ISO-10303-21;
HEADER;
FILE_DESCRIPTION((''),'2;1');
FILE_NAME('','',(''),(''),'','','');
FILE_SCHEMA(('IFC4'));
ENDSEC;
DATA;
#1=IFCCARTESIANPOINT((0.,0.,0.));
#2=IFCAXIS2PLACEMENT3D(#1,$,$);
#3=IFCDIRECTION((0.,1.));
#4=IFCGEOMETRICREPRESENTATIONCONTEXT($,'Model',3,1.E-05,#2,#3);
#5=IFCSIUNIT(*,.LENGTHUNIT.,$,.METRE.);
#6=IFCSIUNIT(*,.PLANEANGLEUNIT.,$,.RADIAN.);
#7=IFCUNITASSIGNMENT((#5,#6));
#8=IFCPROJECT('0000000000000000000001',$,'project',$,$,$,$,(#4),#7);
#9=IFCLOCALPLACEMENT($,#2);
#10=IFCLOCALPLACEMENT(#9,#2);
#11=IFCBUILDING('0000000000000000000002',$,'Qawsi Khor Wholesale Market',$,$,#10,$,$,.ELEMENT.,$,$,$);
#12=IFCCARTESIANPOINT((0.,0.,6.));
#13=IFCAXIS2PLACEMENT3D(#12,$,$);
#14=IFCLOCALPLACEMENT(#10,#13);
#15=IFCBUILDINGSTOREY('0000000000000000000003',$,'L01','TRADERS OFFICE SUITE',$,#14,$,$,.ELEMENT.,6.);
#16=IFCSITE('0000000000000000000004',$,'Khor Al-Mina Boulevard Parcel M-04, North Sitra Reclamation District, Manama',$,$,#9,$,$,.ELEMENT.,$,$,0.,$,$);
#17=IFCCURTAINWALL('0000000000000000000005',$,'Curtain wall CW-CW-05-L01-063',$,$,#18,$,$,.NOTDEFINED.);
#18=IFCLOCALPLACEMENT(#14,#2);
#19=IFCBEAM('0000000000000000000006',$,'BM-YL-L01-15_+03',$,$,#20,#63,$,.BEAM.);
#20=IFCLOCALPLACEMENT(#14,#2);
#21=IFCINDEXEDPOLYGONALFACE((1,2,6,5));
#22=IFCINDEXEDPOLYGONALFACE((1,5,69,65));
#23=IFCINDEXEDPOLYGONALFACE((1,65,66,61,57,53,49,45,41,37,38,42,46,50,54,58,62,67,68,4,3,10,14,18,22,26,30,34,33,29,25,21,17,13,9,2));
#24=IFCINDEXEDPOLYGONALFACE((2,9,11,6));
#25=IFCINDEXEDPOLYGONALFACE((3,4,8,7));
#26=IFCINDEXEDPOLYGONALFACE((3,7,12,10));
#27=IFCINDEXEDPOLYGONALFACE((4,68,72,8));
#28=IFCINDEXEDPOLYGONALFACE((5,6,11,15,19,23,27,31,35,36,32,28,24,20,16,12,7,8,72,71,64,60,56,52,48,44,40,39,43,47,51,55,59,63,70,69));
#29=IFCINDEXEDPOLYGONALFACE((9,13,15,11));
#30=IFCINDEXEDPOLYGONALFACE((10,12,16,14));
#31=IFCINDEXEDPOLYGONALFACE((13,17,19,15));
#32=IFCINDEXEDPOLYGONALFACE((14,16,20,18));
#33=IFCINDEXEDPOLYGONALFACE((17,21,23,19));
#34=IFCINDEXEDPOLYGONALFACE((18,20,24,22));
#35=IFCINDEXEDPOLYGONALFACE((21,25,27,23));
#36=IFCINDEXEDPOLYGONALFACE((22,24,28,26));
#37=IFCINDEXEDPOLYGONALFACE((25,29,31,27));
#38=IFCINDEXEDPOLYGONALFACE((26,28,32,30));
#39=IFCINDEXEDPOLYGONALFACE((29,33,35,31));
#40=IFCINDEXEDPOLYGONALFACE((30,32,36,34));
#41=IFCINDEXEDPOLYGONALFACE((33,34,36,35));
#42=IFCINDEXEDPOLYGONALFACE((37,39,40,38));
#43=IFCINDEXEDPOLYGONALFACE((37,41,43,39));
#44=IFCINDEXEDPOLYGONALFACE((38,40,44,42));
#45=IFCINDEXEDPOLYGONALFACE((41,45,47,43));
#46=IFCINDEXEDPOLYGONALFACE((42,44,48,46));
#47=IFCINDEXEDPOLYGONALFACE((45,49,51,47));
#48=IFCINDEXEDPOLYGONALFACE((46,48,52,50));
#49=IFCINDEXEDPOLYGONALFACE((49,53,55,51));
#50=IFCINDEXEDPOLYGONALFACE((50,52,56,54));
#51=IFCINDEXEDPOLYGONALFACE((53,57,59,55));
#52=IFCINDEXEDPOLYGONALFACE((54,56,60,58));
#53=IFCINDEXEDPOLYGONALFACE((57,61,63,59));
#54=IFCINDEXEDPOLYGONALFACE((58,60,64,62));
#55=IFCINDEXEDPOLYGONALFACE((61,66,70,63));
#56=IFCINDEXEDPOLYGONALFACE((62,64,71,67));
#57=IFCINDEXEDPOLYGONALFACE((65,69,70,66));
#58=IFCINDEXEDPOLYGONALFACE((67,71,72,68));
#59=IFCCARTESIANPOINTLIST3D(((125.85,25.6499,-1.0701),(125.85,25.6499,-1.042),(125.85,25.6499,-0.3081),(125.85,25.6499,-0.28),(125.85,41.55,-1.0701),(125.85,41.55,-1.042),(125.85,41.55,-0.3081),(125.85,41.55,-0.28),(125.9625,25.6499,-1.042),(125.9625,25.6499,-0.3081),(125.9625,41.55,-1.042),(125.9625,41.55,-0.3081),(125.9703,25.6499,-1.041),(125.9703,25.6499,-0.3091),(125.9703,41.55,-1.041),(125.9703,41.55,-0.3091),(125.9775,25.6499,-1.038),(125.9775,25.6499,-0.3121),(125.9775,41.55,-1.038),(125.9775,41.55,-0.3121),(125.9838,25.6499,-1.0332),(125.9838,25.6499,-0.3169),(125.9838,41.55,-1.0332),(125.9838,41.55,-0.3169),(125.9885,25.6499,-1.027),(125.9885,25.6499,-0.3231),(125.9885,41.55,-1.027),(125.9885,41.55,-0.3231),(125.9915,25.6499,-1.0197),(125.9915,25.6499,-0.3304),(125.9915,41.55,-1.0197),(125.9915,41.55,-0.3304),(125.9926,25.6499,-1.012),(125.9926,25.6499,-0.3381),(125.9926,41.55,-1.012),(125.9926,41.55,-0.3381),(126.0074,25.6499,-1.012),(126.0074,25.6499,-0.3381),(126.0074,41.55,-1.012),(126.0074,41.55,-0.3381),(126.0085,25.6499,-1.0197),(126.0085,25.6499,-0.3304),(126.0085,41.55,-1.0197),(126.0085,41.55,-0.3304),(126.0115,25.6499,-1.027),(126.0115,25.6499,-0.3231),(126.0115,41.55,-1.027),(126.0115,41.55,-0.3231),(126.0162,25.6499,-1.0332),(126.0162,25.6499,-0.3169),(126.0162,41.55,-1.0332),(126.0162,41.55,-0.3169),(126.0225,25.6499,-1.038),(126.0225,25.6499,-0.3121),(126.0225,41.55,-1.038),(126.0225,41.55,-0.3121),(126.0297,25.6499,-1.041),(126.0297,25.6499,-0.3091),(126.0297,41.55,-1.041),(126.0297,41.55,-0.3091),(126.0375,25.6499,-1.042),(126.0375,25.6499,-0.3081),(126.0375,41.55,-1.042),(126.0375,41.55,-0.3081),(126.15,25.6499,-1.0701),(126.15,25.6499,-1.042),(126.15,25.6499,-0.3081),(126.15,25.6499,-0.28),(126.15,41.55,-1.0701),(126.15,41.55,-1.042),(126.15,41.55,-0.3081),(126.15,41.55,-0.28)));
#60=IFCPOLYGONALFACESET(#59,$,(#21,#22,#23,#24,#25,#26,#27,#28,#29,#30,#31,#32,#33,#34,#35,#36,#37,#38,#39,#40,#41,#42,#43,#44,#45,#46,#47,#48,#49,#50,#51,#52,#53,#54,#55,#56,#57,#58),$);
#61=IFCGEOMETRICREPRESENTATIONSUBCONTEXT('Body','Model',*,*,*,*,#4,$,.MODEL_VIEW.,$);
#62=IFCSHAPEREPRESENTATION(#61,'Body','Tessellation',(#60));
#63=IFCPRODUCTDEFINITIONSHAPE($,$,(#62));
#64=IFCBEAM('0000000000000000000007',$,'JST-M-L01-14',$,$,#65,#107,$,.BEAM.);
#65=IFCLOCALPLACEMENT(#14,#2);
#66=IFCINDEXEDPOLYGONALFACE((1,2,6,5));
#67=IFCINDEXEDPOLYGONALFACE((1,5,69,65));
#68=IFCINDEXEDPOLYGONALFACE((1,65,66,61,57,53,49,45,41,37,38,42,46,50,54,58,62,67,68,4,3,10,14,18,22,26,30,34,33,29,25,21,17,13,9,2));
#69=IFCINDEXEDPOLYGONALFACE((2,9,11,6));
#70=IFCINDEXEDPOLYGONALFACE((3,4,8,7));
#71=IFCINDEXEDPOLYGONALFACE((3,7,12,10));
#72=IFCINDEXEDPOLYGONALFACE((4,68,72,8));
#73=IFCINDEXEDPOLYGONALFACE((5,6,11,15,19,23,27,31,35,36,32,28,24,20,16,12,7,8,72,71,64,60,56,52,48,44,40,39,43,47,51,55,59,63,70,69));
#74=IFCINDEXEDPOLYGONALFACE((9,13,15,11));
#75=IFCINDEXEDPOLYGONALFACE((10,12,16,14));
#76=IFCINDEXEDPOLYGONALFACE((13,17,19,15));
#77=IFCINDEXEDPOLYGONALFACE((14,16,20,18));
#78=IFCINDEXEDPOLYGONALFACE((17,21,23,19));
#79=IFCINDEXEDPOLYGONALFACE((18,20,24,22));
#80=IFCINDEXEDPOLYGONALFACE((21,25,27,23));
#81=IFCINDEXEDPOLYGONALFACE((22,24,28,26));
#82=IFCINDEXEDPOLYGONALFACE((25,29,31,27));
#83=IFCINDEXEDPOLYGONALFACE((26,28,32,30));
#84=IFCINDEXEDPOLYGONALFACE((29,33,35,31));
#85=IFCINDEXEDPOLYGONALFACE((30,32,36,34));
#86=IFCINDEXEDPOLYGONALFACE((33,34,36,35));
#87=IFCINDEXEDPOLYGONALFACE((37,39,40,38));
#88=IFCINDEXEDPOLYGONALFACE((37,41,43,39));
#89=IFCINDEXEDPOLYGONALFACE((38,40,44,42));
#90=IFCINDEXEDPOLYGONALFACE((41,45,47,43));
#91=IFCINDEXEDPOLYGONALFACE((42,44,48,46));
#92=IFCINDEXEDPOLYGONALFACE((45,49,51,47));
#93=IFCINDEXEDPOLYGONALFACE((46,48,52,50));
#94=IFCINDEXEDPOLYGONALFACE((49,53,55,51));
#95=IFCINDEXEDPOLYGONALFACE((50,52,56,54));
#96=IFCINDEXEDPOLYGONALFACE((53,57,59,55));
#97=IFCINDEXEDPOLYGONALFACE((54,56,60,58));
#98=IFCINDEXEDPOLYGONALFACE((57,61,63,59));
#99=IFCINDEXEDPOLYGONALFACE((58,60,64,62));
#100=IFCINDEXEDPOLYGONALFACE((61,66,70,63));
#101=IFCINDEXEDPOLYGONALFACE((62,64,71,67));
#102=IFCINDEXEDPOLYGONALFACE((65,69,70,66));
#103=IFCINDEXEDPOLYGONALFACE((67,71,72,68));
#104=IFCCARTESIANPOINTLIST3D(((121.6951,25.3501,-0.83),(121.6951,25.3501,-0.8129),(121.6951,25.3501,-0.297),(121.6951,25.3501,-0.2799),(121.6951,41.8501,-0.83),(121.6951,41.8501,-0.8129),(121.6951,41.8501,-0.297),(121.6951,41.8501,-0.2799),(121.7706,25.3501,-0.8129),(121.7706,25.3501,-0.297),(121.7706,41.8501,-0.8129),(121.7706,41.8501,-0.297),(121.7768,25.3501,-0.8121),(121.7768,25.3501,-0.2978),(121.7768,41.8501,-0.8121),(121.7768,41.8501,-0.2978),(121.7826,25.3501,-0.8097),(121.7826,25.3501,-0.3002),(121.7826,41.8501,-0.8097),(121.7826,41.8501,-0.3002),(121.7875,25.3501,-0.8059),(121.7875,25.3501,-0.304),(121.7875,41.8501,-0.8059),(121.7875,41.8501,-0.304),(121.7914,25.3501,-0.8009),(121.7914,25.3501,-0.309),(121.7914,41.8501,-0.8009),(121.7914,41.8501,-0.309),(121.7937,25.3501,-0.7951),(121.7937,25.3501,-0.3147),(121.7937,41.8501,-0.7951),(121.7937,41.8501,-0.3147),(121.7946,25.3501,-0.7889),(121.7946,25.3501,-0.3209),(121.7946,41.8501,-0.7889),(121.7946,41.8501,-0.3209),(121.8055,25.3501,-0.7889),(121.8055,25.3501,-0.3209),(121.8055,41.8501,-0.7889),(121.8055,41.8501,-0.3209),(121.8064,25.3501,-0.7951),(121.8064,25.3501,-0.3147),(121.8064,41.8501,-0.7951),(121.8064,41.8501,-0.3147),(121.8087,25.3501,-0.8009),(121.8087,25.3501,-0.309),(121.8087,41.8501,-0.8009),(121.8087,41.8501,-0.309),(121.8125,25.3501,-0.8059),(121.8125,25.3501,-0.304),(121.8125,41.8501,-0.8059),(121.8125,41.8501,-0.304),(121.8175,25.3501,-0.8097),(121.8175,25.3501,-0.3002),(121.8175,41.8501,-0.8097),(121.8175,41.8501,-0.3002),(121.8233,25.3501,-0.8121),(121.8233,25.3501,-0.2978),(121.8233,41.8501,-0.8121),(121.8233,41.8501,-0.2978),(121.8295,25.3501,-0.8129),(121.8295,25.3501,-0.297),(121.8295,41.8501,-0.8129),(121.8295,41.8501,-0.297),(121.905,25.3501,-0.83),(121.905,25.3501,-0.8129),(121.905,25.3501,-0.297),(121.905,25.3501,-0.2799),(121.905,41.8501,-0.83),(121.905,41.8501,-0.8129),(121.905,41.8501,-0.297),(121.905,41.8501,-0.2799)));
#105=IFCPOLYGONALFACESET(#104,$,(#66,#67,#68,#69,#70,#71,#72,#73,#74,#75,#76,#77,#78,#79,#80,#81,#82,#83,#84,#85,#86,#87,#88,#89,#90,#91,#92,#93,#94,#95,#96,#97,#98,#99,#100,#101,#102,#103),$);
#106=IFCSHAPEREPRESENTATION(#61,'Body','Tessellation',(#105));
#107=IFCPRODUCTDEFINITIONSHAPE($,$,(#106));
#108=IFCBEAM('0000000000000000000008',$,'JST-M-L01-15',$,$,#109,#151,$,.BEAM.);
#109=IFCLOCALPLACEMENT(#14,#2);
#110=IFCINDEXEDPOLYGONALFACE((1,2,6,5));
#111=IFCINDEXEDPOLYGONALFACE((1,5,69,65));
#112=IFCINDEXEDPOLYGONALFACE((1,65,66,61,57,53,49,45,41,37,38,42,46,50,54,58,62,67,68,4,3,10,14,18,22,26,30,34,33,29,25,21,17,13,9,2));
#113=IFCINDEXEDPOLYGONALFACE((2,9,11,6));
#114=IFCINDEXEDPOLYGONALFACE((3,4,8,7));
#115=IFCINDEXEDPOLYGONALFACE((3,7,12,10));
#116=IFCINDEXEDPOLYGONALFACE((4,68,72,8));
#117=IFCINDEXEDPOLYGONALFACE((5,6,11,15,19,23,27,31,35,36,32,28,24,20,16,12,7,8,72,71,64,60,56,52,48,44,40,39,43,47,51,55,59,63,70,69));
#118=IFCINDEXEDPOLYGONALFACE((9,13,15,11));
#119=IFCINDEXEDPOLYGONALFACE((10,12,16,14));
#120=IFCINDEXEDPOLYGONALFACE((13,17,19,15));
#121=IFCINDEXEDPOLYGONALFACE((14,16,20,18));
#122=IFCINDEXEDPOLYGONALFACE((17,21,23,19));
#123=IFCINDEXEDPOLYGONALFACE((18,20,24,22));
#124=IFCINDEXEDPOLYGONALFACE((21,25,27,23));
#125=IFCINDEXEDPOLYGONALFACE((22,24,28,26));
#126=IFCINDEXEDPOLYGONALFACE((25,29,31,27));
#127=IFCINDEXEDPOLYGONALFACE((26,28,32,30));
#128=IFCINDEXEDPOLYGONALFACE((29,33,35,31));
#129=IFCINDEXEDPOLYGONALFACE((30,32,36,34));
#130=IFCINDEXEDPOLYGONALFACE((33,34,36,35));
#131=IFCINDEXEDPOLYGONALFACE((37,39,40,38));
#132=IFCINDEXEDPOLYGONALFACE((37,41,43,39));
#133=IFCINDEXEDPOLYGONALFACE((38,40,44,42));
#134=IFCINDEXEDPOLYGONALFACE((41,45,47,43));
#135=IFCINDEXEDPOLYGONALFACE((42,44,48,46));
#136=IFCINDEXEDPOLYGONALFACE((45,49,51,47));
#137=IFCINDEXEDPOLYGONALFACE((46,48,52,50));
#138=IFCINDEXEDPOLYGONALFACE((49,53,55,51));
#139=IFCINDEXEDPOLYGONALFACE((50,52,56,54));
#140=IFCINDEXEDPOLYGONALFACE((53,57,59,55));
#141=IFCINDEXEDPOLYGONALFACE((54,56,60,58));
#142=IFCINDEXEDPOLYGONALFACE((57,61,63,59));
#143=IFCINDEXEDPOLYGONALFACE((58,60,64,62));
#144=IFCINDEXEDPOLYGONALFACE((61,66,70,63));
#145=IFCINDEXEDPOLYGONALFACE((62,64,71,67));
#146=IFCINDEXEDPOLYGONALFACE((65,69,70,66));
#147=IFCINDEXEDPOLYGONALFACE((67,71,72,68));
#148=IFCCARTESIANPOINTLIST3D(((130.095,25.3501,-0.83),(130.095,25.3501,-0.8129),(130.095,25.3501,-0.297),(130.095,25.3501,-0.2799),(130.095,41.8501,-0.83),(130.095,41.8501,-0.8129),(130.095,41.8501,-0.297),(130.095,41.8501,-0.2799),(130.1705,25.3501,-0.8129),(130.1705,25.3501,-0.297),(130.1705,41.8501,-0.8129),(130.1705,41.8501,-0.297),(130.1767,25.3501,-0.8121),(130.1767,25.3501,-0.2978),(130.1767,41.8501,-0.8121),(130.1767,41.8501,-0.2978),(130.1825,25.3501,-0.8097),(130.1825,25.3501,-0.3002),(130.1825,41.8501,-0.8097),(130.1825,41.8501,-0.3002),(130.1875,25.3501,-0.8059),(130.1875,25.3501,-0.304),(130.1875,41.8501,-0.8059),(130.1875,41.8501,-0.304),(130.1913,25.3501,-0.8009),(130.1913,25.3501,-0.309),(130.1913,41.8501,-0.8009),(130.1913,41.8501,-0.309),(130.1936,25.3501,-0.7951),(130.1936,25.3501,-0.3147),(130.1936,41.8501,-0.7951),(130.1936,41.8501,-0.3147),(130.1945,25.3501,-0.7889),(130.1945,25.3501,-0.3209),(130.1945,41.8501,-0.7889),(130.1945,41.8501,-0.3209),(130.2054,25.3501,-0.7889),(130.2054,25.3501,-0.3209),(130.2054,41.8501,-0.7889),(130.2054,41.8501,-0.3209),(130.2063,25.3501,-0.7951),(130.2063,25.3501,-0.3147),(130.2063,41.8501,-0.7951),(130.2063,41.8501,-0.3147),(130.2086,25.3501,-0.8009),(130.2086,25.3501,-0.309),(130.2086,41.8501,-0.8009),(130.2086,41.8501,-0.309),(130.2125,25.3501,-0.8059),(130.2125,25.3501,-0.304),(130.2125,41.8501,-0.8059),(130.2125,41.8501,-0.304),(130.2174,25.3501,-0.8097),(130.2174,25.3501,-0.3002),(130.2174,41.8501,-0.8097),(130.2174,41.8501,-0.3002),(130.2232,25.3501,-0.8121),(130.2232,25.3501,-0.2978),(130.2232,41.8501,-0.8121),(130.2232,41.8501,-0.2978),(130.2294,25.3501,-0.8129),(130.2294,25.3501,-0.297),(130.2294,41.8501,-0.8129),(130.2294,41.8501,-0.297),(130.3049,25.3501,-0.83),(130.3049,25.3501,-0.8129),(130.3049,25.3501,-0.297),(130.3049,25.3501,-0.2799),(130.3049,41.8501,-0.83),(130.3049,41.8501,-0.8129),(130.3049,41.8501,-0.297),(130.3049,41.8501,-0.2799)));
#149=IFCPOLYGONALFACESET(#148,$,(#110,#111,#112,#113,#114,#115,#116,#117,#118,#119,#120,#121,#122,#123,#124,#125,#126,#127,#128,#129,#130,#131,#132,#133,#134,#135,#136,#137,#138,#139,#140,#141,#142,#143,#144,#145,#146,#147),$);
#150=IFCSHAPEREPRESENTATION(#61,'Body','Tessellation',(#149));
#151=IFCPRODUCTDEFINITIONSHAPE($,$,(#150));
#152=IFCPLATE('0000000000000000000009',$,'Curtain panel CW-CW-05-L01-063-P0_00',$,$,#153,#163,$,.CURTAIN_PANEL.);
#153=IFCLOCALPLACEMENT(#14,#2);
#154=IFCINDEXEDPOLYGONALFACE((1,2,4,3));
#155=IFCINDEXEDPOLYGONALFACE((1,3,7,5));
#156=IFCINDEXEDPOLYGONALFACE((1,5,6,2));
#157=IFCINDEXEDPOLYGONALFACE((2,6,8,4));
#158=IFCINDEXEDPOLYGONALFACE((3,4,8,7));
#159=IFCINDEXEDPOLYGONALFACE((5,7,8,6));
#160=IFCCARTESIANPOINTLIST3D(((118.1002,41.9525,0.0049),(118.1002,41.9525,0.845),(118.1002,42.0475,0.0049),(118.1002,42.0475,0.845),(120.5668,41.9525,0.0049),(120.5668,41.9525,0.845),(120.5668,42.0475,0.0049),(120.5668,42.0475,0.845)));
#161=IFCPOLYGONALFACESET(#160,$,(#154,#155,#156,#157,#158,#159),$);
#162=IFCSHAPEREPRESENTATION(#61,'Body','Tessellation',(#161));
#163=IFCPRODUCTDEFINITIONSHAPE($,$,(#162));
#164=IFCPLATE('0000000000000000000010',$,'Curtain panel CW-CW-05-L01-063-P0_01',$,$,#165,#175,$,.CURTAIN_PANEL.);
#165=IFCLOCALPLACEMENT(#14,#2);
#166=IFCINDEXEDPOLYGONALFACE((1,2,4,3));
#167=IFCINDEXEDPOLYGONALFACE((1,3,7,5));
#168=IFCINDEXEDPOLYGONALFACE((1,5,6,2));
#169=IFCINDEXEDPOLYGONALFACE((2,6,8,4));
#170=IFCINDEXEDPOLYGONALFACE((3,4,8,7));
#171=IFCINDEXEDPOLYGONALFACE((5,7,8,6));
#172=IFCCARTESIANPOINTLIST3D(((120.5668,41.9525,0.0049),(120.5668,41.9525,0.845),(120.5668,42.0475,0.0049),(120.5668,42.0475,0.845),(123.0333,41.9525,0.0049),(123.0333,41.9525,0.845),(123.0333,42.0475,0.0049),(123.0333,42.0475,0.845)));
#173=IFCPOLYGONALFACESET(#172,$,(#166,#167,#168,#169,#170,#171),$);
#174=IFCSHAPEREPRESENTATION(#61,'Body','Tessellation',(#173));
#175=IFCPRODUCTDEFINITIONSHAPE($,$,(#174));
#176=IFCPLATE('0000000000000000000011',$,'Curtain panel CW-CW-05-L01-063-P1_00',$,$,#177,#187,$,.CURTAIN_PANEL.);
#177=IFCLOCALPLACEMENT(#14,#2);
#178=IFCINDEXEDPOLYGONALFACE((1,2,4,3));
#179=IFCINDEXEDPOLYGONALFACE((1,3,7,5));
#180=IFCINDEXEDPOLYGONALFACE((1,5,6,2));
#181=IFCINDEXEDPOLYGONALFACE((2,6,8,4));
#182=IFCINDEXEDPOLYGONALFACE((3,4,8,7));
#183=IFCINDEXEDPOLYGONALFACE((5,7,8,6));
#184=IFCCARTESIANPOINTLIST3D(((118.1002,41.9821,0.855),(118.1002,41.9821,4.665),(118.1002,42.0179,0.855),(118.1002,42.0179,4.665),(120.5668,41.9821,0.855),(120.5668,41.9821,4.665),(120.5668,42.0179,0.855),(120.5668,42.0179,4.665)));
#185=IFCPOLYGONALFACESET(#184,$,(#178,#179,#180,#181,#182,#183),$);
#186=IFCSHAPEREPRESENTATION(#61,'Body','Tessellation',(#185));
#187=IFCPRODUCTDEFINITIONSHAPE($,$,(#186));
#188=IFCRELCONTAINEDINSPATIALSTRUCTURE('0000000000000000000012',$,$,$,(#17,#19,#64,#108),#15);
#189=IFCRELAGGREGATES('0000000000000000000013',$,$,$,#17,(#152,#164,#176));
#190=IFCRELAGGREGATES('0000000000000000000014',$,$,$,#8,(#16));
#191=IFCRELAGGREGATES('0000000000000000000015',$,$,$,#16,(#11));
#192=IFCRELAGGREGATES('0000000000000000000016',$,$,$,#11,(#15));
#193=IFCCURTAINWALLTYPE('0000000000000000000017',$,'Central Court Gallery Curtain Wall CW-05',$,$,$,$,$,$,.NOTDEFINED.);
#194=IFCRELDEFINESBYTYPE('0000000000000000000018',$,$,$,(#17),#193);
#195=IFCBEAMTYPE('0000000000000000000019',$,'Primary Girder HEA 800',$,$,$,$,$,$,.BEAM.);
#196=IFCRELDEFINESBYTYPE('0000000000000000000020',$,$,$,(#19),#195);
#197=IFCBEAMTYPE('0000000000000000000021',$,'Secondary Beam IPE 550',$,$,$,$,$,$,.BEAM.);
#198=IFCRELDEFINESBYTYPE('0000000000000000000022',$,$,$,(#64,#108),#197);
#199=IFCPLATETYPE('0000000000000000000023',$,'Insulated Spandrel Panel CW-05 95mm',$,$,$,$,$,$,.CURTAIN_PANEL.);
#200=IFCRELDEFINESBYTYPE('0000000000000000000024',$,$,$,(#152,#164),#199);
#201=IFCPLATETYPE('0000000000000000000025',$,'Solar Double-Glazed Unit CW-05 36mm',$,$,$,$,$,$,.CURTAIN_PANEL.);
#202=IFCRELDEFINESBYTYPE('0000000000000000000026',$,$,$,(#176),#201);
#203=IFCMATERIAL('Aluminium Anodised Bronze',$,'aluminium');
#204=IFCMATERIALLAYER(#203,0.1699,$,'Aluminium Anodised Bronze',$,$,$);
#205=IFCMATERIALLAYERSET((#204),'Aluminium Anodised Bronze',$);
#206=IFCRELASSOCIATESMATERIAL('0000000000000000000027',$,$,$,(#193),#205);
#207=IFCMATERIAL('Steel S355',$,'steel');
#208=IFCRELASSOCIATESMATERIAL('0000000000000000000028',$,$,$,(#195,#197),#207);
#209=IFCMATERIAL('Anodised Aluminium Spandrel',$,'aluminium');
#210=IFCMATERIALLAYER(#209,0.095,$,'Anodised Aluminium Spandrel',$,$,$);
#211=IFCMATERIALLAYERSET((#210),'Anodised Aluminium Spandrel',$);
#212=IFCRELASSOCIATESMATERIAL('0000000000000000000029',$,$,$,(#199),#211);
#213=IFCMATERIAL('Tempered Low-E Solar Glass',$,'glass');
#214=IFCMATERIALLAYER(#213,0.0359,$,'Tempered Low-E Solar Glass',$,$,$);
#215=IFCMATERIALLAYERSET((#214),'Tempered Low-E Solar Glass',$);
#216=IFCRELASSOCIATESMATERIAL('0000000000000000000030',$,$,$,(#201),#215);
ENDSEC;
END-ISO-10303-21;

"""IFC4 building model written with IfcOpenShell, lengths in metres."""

from ifc_helpers import new_model, si_unit, direction, frame, frame_2d, origin, origin_2d, place, context, subcontext, project, spatial, rectangle, i_section, extrude, material, layer, layer_set, material_profile, profile_set, type_object, element, aggregate, save


model = new_model("IFC4")

# Units and contexts
model_context = context("Model", 3, precision=1e-05, world=origin(), true_north=direction((0.0, 1.0)))
body_context = subcontext(model_context, "Body", "Model", "MODEL_VIEW")
ifc_project = project(units=[si_unit("LENGTHUNIT", "METRE"), si_unit("PLANEANGLEUNIT", "RADIAN")], contexts=[model_context])

# Site, building, storey
site_placement = place(None, origin())
site = spatial("IfcSite", under=ifc_project, at=site_placement, Name="Khor Al-Mina Boulevard Parcel M-04, North Sitra Reclamation District, Manama", CompositionType="ELEMENT", RefElevation=0.0)
building_placement = place(site_placement, origin())
building = spatial("IfcBuilding", under=site, at=building_placement, Name="Qawsi Khor Wholesale Market", CompositionType="ELEMENT")
storey_placement = place(building_placement, frame((0.0, 0.0, 6.0)))
storey = spatial("IfcBuildingStorey", under=building, at=storey_placement, Name="L01", Description="TRADERS OFFICE SUITE", CompositionType="ELEMENT", Elevation=6.0)

# Curtain wall
ifc_material_1 = material(Name="Aluminium Anodised Bronze", Category="aluminium")
ifc_layer_1 = layer(ifc_material_1, 0.1699, Name="Aluminium Anodised Bronze")
ifc_layer_set_1 = layer_set([ifc_layer_1], Name="Aluminium Anodised Bronze")
curtain_wall_type = type_object("IfcCurtainWallType", Name="Central Court Gallery Curtain Wall CW-05", PredefinedType="NOTDEFINED", material=ifc_layer_set_1)
curtain_wall_placement = place(storey_placement, origin())
curtain_wall = element("IfcCurtainWall", 1, at=curtain_wall_placement, inside=storey, type_object=curtain_wall_type, Name="Curtain wall CW-CW-05-L01-063", PredefinedType="NOTDEFINED")

# Beams
ifc_material_2 = material(Name="Steel S355", Category="steel")
ifc_material_profile_1 = material_profile(ifc_material_2, i_section(OverallWidth=0.3, OverallDepth=0.79, WebThickness=0.0149, FlangeThickness=0.0281, FilletRadius=0.03, at=origin_2d()), Name="HEA 800")
ifc_profile_set_1 = profile_set([ifc_material_profile_1], Name="Steel S355")
beam_type_1 = type_object("IfcBeamType", Name="Primary Girder HEA 800", PredefinedType="BEAM", material=ifc_profile_set_1)
beam_1_placement = place(storey_placement, frame((126.0, 25.6499, -0.675), z_axis=(0.0, 1.0, 0.0), x_axis=(-1.0, 0.0, 0.0)))
element("IfcBeam", 2, at=beam_1_placement, inside=storey, type_object=beam_type_1, Name="BM-YL-L01-15_+03", PredefinedType="BEAM", context=body_context, shape_type="SweptSolid", body=[
    extrude(i_section(OverallWidth=0.3, OverallDepth=0.79, WebThickness=0.0149, FlangeThickness=0.0281, FilletRadius=0.03, at=origin_2d()), origin(), (0.0, 0.0, 1.0), 15.9001),
])
ifc_material_profile_2 = material_profile(ifc_material_2, i_section(OverallWidth=0.21, OverallDepth=0.55, WebThickness=0.011, FlangeThickness=0.0171, FilletRadius=0.0239, at=origin_2d()), Name="IPE 550")
ifc_profile_set_2 = profile_set([ifc_material_profile_2], Name="Steel S355")
beam_type_2 = type_object("IfcBeamType", Name="Secondary Beam IPE 550", PredefinedType="BEAM", material=ifc_profile_set_2)
for number, where, z_axis, x_axis, name in (
    (3, (121.8, 25.3501, -0.5549), (0.0, 1.0, 0.0), (-1.0, 0.0, 0.0), "JST-M-L01-14"),
    (4, (130.2, 25.3501, -0.5549), (0.0, 1.0, 0.0), (-1.0, 0.0, 0.0), "JST-M-L01-15"),
):
    element("IfcBeam", number, at=place(storey_placement, frame(where, z_axis=z_axis, x_axis=x_axis)), inside=storey, type_object=beam_type_2, Name=name, PredefinedType="BEAM", context=body_context, shape_type="SweptSolid", body=[
        extrude(i_section(OverallWidth=0.21, OverallDepth=0.55, WebThickness=0.011, FlangeThickness=0.0171, FilletRadius=0.0239, at=origin_2d()), origin(), (0.0, 0.0, 1.0), 16.5),
    ])

# Plates
ifc_material_3 = material(Name="Anodised Aluminium Spandrel", Category="aluminium")
ifc_layer_2 = layer(ifc_material_3, 0.095, Name="Anodised Aluminium Spandrel")
ifc_layer_set_2 = layer_set([ifc_layer_2], Name="Anodised Aluminium Spandrel")
plate_type_1 = type_object("IfcPlateType", Name="Insulated Spandrel Panel CW-05 95mm", PredefinedType="CURTAIN_PANEL", material=ifc_layer_set_2)
plate_1_placement = place(storey_placement, frame((118.1001, 42.0, 0.0049), z_axis=(0.0, 0.0, 1.0), x_axis=(1.0, 0.0, 0.0)))
plate_1 = element("IfcPlate", 5, at=plate_1_placement, type_object=plate_type_1, Name="Curtain panel CW-CW-05-L01-063-P0_00", PredefinedType="CURTAIN_PANEL", context=body_context, shape_type="SweptSolid", body=[
    extrude(rectangle(XDim=2.4666, YDim=0.095, at=frame_2d((1.2334, 0.0))), origin(), (0.0, 0.0, 1.0), 0.8401),
])
plate_2_placement = place(storey_placement, frame((120.5667, 42.0, 0.0049), z_axis=(0.0, 0.0, 1.0), x_axis=(1.0, 0.0, 0.0)))
plate_2 = element("IfcPlate", 6, at=plate_2_placement, type_object=plate_type_1, Name="Curtain panel CW-CW-05-L01-063-P0_01", PredefinedType="CURTAIN_PANEL", context=body_context, shape_type="SweptSolid", body=[
    extrude(rectangle(XDim=2.4666, YDim=0.095, at=frame_2d((1.2334, 0.0))), origin(), (0.0, 0.0, 1.0), 0.8401),
])
ifc_material_4 = material(Name="Tempered Low-E Solar Glass", Category="glass")
ifc_layer_3 = layer(ifc_material_4, 0.0359, Name="Tempered Low-E Solar Glass")
ifc_layer_set_3 = layer_set([ifc_layer_3], Name="Tempered Low-E Solar Glass")
plate_type_2 = type_object("IfcPlateType", Name="Solar Double-Glazed Unit CW-05 36mm", PredefinedType="CURTAIN_PANEL", material=ifc_layer_set_3)
plate_3_placement = place(storey_placement, frame((118.1001, 42.0, 0.855), z_axis=(0.0, 0.0, 1.0), x_axis=(1.0, 0.0, 0.0)))
plate_3 = element("IfcPlate", 7, at=plate_3_placement, type_object=plate_type_2, Name="Curtain panel CW-CW-05-L01-063-P1_00", PredefinedType="CURTAIN_PANEL", context=body_context, shape_type="SweptSolid", body=[
    extrude(rectangle(XDim=2.4666, YDim=0.0359, at=frame_2d((1.2334, 0.0))), origin(), (0.0, 0.0, 1.0), 3.8101),
])
aggregate(curtain_wall, [plate_1, plate_2, plate_3])

save(model, "model.ifc")
